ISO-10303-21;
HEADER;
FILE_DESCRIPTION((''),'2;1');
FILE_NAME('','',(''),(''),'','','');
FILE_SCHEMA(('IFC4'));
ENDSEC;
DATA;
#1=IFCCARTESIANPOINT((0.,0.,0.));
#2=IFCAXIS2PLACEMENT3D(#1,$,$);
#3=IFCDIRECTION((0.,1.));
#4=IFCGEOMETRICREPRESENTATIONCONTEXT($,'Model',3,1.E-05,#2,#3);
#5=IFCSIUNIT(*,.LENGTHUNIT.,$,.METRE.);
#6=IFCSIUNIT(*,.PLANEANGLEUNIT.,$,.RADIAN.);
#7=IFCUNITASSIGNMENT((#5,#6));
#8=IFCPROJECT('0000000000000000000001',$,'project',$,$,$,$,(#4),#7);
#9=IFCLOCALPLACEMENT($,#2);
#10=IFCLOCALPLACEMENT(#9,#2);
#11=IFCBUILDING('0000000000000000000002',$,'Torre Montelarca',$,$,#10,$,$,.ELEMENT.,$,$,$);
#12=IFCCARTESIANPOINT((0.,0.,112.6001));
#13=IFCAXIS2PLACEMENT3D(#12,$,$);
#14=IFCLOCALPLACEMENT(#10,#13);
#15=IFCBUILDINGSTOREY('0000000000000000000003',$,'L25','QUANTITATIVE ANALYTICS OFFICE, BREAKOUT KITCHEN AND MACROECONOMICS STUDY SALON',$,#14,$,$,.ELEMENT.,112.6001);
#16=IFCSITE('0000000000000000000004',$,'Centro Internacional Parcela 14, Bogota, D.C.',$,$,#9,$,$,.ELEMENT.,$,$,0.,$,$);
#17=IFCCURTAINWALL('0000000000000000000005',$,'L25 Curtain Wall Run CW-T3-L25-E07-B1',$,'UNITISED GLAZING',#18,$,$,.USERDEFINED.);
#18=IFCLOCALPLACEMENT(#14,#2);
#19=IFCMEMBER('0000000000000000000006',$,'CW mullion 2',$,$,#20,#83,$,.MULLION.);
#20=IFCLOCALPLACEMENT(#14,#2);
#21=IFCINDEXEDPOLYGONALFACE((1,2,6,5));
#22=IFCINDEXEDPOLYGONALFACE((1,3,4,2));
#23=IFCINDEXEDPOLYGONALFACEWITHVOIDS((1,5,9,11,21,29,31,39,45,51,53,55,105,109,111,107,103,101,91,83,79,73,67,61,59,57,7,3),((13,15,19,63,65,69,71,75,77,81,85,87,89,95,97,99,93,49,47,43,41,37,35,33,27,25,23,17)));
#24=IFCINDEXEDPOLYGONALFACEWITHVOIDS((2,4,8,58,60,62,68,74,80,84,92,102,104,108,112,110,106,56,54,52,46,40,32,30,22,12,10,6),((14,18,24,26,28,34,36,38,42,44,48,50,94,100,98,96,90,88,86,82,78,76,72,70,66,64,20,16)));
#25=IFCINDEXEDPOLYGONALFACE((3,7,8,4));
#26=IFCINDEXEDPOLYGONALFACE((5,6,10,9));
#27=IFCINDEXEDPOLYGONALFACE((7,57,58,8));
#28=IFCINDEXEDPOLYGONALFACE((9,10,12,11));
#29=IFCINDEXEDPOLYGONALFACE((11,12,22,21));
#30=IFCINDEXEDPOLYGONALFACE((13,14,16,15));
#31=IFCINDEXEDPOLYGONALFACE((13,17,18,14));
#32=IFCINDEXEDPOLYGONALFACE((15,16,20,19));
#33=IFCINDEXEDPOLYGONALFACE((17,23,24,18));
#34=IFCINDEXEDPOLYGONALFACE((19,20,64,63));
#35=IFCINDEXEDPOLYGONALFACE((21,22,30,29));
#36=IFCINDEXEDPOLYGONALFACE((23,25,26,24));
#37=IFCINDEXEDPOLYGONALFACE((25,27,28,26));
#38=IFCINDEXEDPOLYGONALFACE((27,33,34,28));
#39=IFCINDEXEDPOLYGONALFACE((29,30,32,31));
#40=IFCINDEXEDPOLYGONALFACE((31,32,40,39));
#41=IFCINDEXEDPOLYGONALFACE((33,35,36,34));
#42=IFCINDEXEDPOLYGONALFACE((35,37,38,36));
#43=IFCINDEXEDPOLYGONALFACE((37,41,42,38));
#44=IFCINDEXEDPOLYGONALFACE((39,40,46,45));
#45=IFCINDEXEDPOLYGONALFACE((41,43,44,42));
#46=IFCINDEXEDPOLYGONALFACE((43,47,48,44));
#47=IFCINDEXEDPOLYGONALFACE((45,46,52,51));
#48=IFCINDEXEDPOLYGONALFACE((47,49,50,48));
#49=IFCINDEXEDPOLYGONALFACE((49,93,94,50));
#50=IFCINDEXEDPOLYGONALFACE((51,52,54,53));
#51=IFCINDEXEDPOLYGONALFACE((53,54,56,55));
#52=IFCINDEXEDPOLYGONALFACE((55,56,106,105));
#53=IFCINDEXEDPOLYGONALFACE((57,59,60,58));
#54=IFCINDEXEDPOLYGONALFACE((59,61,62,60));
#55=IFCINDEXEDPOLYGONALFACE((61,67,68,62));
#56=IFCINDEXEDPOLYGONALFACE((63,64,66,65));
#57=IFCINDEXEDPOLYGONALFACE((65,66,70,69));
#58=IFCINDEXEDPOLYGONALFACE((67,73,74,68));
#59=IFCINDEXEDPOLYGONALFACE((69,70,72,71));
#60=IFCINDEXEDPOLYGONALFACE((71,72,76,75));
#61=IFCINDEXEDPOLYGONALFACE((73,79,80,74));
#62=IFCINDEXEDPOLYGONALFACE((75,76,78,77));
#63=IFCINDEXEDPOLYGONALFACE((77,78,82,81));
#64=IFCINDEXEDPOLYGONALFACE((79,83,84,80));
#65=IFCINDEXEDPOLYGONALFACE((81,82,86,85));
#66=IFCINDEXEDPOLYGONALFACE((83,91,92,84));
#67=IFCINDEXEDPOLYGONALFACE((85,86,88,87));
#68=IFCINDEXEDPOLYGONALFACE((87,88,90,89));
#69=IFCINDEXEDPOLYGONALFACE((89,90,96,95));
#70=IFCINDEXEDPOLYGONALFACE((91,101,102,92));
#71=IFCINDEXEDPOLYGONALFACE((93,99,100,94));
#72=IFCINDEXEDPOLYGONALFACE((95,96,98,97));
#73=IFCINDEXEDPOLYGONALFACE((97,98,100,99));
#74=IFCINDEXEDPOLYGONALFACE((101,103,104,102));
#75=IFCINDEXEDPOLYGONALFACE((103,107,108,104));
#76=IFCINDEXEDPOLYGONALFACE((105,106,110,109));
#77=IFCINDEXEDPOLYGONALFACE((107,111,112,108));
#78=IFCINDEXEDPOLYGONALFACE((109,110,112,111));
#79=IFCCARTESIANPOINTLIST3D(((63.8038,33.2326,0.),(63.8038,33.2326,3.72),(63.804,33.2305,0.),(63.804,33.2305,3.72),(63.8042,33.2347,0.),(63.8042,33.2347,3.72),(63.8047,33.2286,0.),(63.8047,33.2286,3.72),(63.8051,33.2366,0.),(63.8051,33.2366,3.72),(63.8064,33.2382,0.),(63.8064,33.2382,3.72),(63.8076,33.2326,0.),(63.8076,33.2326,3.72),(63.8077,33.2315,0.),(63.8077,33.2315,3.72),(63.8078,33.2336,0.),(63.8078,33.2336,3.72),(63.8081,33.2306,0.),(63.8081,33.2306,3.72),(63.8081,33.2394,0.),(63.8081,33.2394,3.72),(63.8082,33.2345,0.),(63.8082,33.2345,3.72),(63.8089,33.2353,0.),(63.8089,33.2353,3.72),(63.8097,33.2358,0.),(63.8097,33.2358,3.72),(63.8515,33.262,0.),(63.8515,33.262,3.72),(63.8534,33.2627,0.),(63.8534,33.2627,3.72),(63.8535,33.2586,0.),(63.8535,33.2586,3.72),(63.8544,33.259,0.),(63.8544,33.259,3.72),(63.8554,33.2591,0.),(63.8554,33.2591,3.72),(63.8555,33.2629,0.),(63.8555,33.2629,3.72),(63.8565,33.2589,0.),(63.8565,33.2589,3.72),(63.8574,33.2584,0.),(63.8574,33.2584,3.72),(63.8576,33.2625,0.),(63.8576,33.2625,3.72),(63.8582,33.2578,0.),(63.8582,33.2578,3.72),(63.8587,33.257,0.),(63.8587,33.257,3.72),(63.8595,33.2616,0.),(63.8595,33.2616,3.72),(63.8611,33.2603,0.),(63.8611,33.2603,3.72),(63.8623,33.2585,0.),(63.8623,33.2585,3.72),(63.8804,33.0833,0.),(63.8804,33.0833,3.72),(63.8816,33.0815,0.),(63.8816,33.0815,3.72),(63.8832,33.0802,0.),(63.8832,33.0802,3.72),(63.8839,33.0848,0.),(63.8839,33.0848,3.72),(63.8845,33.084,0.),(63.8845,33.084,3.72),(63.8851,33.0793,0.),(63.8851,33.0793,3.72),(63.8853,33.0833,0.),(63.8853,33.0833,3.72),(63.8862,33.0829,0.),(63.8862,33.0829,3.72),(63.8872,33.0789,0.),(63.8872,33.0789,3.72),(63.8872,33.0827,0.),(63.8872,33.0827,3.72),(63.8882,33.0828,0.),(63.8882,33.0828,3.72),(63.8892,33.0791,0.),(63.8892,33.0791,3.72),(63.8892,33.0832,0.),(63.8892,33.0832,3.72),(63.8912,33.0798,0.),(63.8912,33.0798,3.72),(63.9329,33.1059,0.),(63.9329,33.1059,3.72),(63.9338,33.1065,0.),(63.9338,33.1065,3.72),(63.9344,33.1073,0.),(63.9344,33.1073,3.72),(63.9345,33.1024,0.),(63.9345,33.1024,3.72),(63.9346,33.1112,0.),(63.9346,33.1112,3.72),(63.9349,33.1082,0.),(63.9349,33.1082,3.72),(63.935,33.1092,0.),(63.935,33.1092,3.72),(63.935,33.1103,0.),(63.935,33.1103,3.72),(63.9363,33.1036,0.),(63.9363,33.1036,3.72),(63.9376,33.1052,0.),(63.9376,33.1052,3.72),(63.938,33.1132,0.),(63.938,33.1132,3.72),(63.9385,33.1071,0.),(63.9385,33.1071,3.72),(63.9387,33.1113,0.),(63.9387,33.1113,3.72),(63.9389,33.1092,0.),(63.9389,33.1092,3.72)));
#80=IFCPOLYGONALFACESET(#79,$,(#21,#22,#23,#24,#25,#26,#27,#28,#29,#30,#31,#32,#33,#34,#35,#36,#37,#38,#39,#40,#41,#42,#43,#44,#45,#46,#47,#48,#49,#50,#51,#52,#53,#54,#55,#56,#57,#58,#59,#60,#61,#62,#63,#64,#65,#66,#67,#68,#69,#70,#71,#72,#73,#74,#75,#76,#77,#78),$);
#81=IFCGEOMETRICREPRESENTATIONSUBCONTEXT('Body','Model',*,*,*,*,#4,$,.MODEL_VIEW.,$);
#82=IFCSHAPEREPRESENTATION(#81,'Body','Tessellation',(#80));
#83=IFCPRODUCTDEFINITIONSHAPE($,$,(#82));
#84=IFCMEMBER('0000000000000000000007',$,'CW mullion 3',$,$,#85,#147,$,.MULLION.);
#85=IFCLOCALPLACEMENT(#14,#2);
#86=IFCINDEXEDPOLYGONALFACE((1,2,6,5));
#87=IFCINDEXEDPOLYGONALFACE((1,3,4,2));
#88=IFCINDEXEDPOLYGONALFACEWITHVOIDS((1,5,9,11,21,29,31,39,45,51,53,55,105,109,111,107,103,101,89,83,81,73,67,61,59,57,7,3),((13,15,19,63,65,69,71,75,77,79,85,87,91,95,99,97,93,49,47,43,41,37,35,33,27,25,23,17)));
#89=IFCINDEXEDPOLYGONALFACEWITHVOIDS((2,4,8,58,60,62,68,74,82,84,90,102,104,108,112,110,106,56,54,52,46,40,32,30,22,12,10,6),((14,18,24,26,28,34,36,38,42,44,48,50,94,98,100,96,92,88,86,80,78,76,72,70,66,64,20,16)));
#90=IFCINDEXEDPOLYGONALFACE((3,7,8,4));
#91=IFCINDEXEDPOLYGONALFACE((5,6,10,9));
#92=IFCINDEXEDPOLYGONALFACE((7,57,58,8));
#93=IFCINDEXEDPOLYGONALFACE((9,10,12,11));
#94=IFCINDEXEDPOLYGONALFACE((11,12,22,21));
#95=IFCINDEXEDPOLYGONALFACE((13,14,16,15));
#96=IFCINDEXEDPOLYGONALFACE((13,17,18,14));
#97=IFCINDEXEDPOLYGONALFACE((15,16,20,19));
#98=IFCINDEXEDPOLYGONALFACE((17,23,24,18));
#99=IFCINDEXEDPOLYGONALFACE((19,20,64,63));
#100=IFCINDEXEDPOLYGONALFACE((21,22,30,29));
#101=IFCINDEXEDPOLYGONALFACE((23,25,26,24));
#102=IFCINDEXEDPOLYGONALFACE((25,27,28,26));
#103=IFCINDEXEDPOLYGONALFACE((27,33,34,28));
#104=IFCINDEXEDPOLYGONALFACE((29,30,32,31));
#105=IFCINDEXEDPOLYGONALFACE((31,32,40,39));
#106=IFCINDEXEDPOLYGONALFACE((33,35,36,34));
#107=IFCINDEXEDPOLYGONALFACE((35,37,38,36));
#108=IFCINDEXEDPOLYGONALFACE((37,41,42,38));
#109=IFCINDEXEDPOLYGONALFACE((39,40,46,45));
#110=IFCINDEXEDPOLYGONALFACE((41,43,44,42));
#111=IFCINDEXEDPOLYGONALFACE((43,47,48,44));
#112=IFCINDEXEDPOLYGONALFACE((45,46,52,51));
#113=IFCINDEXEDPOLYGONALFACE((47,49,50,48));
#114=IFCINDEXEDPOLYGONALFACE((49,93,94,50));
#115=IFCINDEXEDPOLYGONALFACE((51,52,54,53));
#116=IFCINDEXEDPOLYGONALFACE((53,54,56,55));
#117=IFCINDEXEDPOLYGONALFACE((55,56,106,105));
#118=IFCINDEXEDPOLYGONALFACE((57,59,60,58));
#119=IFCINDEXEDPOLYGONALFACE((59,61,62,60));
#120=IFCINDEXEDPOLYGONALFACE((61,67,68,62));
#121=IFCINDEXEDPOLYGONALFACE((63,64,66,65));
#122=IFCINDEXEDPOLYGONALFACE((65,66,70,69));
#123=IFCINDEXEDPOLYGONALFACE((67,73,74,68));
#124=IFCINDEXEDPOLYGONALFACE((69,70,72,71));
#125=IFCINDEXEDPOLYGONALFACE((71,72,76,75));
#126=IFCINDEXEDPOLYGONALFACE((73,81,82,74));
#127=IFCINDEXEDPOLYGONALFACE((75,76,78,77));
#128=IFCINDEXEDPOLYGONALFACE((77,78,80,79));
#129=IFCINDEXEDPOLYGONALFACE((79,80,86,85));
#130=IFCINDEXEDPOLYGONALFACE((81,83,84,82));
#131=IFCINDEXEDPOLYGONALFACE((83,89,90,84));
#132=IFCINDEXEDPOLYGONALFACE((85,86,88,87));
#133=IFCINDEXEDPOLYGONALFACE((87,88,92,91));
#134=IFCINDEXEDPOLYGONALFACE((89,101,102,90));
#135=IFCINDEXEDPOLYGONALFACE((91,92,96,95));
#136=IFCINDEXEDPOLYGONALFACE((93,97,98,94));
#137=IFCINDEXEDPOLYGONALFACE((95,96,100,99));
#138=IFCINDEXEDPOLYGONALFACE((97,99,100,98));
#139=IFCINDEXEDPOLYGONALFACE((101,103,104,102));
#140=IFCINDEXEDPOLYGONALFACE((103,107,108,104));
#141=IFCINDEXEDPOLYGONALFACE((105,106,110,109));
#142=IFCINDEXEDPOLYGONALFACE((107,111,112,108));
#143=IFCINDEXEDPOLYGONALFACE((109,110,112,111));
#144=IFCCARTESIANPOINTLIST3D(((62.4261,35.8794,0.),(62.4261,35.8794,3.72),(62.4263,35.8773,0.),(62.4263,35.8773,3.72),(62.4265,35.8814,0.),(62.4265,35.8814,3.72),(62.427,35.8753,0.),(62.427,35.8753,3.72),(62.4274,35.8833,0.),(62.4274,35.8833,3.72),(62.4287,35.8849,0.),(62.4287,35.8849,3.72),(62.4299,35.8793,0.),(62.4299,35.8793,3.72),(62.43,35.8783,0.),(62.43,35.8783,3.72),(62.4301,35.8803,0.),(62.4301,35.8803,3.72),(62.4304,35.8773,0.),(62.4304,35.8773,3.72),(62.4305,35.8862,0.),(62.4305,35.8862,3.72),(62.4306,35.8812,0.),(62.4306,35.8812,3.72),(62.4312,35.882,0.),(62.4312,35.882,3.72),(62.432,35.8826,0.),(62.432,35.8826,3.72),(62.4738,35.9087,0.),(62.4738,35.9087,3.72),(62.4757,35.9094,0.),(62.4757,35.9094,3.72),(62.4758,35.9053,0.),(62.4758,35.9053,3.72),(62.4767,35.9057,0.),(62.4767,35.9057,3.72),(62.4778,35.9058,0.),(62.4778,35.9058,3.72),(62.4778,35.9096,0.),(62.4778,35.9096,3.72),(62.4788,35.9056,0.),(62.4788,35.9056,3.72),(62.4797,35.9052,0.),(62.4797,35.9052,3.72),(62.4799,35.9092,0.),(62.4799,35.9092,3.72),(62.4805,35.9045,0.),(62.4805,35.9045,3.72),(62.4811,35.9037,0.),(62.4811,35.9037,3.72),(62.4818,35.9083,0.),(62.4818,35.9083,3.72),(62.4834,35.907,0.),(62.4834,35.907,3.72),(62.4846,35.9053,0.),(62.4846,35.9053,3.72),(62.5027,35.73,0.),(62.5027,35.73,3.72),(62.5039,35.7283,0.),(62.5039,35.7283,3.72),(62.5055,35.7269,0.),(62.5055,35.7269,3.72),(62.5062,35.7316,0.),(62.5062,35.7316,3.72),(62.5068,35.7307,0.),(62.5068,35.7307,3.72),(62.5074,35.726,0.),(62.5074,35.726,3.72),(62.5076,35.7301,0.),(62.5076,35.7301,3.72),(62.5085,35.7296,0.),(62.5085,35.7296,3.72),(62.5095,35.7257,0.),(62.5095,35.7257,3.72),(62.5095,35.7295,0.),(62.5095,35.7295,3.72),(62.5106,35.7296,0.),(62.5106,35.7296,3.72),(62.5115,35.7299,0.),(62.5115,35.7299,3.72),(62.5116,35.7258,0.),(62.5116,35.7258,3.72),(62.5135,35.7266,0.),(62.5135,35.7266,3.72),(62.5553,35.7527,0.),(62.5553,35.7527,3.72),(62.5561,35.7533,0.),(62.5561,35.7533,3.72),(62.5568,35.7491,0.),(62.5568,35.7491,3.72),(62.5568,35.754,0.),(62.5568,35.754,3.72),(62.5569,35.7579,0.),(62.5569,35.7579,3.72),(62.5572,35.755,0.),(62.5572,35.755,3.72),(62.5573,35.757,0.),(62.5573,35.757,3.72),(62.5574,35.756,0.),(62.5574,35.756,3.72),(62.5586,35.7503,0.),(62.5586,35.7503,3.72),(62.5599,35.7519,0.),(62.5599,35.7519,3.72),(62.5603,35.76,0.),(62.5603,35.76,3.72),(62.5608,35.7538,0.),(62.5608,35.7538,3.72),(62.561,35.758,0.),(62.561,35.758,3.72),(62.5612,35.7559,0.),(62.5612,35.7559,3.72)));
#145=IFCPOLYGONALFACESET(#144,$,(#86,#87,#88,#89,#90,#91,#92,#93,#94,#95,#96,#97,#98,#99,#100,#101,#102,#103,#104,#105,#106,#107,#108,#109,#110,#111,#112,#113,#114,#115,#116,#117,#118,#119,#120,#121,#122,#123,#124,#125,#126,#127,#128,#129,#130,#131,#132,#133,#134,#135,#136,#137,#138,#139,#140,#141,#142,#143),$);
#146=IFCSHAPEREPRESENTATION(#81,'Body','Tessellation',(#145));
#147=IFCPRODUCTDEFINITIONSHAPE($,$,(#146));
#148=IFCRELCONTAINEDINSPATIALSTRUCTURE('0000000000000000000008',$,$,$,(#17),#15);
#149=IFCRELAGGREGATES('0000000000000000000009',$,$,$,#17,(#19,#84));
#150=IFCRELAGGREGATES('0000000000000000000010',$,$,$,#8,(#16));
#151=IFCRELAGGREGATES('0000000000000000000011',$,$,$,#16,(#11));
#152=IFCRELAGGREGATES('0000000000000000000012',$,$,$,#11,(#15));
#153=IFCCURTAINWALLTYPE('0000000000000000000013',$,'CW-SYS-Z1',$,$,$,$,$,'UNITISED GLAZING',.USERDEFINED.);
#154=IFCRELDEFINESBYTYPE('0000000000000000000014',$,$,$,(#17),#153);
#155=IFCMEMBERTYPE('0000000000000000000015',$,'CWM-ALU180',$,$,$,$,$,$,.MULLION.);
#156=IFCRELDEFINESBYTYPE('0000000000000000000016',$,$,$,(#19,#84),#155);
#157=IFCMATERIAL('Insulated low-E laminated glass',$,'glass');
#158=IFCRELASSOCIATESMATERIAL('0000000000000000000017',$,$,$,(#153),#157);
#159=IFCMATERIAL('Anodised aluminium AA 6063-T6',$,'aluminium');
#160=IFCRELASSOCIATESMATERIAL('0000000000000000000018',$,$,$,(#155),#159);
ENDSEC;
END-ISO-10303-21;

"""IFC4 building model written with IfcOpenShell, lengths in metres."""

from ifc_helpers import new_model, si_unit, direction, frame, origin, origin_2d, place, context, subcontext, project, spatial, hollow_rectangle, extrude, source, transform, mapped, material, material_profile, profile_set, type_object, element, aggregate, save


model = new_model("IFC4")

# Units and contexts
model_context = context("Model", 3, precision=1e-05, world=origin(), true_north=direction((0.0, 1.0)))
body_context = subcontext(model_context, "Body", "Model", "MODEL_VIEW")
ifc_project = project(units=[si_unit("LENGTHUNIT", "METRE"), si_unit("PLANEANGLEUNIT", "RADIAN")], contexts=[model_context])

# Site, building, storey
site_placement = place(None, origin())
site = spatial("IfcSite", under=ifc_project, at=site_placement, Name="Centro Internacional Parcela 14, Bogota, D.C.", CompositionType="ELEMENT", RefElevation=0.0)
building_placement = place(site_placement, origin())
building = spatial("IfcBuilding", under=site, at=building_placement, Name="Torre Montelarca", CompositionType="ELEMENT")
storey_placement = place(building_placement, frame((0.0, 0.0, 112.6001)))
storey = spatial("IfcBuildingStorey", under=building, at=storey_placement, Name="L25", Description="QUANTITATIVE ANALYTICS OFFICE, BREAKOUT KITCHEN AND MACROECONOMICS STUDY SALON", CompositionType="ELEMENT", Elevation=112.6001)

# Curtain wall
ifc_material_1 = material(Name="Insulated low-E laminated glass", Category="glass")
curtain_wall_type = type_object("IfcCurtainWallType", Name="CW-SYS-Z1", ElementType="UNITISED GLAZING", PredefinedType="USERDEFINED", material=ifc_material_1)
curtain_wall_1_placement = place(storey_placement, origin())
curtain_wall_1 = element("IfcCurtainWall", 1, at=curtain_wall_1_placement, inside=storey, type_object=curtain_wall_type, Name="L25 Curtain Wall Run CW-T3-L25-E07-B1", ObjectType="UNITISED GLAZING", PredefinedType="USERDEFINED")
ifc_material_2 = material(Name="Anodised aluminium AA 6063-T6", Category="aluminium")

# Shared definitions
ifc_material_profile_1 = material_profile(ifc_material_2, hollow_rectangle(XDim=0.0649, YDim=0.1799, WallThickness=0.0039, InnerFilletRadius=0.0039, OuterFilletRadius=0.0081, at=origin_2d()), Name="ALU65X180X4", Category="aluminium")
ifc_profile_set_1 = profile_set([ifc_material_profile_1], Name="Anodised aluminium AA 6063-T6")
member_type_1 = type_object("IfcMemberType", Name="CWM-ALU180", PredefinedType="MULLION", material=ifc_profile_set_1)
shared_shape_1 = source(origin(), body_context, "Body", "SweptSolid", [
    extrude(hollow_rectangle(XDim=0.0649, YDim=0.1799, WallThickness=0.0039, InnerFilletRadius=0.0039, OuterFilletRadius=0.0081, at=origin_2d()), origin(), (0.0, 0.0, 1.0), 3.72),
])

# Members
member_1_placement = place(storey_placement, frame((63.8713, 33.1709, 0.0), z_axis=(0.0, 0.0, 1.0), x_axis=(-0.887014, -0.461742, 0.0)))
member_1 = element("IfcMember", 2, at=member_1_placement, type_object=member_type_1, Name="CW mullion 2", PredefinedType="MULLION", context=body_context, shape_type="MappedRepresentation", body=[
    mapped(shared_shape_1, transform((0.0, 0.0, 0.0), scale=1.0)),
])
member_2_placement = place(storey_placement, frame((62.4937, 35.8176, 0.0), z_axis=(0.0, 0.0, 1.0), x_axis=(-0.887014, -0.461742, 0.0)))
member_2 = element("IfcMember", 3, at=member_2_placement, type_object=member_type_1, Name="CW mullion 3", PredefinedType="MULLION", context=body_context, shape_type="MappedRepresentation", body=[
    mapped(shared_shape_1, transform((0.0, 0.0, 0.0), scale=1.0)),
])

aggregate(curtain_wall_1, [member_1, member_2])

save(model, "model.ifc")
